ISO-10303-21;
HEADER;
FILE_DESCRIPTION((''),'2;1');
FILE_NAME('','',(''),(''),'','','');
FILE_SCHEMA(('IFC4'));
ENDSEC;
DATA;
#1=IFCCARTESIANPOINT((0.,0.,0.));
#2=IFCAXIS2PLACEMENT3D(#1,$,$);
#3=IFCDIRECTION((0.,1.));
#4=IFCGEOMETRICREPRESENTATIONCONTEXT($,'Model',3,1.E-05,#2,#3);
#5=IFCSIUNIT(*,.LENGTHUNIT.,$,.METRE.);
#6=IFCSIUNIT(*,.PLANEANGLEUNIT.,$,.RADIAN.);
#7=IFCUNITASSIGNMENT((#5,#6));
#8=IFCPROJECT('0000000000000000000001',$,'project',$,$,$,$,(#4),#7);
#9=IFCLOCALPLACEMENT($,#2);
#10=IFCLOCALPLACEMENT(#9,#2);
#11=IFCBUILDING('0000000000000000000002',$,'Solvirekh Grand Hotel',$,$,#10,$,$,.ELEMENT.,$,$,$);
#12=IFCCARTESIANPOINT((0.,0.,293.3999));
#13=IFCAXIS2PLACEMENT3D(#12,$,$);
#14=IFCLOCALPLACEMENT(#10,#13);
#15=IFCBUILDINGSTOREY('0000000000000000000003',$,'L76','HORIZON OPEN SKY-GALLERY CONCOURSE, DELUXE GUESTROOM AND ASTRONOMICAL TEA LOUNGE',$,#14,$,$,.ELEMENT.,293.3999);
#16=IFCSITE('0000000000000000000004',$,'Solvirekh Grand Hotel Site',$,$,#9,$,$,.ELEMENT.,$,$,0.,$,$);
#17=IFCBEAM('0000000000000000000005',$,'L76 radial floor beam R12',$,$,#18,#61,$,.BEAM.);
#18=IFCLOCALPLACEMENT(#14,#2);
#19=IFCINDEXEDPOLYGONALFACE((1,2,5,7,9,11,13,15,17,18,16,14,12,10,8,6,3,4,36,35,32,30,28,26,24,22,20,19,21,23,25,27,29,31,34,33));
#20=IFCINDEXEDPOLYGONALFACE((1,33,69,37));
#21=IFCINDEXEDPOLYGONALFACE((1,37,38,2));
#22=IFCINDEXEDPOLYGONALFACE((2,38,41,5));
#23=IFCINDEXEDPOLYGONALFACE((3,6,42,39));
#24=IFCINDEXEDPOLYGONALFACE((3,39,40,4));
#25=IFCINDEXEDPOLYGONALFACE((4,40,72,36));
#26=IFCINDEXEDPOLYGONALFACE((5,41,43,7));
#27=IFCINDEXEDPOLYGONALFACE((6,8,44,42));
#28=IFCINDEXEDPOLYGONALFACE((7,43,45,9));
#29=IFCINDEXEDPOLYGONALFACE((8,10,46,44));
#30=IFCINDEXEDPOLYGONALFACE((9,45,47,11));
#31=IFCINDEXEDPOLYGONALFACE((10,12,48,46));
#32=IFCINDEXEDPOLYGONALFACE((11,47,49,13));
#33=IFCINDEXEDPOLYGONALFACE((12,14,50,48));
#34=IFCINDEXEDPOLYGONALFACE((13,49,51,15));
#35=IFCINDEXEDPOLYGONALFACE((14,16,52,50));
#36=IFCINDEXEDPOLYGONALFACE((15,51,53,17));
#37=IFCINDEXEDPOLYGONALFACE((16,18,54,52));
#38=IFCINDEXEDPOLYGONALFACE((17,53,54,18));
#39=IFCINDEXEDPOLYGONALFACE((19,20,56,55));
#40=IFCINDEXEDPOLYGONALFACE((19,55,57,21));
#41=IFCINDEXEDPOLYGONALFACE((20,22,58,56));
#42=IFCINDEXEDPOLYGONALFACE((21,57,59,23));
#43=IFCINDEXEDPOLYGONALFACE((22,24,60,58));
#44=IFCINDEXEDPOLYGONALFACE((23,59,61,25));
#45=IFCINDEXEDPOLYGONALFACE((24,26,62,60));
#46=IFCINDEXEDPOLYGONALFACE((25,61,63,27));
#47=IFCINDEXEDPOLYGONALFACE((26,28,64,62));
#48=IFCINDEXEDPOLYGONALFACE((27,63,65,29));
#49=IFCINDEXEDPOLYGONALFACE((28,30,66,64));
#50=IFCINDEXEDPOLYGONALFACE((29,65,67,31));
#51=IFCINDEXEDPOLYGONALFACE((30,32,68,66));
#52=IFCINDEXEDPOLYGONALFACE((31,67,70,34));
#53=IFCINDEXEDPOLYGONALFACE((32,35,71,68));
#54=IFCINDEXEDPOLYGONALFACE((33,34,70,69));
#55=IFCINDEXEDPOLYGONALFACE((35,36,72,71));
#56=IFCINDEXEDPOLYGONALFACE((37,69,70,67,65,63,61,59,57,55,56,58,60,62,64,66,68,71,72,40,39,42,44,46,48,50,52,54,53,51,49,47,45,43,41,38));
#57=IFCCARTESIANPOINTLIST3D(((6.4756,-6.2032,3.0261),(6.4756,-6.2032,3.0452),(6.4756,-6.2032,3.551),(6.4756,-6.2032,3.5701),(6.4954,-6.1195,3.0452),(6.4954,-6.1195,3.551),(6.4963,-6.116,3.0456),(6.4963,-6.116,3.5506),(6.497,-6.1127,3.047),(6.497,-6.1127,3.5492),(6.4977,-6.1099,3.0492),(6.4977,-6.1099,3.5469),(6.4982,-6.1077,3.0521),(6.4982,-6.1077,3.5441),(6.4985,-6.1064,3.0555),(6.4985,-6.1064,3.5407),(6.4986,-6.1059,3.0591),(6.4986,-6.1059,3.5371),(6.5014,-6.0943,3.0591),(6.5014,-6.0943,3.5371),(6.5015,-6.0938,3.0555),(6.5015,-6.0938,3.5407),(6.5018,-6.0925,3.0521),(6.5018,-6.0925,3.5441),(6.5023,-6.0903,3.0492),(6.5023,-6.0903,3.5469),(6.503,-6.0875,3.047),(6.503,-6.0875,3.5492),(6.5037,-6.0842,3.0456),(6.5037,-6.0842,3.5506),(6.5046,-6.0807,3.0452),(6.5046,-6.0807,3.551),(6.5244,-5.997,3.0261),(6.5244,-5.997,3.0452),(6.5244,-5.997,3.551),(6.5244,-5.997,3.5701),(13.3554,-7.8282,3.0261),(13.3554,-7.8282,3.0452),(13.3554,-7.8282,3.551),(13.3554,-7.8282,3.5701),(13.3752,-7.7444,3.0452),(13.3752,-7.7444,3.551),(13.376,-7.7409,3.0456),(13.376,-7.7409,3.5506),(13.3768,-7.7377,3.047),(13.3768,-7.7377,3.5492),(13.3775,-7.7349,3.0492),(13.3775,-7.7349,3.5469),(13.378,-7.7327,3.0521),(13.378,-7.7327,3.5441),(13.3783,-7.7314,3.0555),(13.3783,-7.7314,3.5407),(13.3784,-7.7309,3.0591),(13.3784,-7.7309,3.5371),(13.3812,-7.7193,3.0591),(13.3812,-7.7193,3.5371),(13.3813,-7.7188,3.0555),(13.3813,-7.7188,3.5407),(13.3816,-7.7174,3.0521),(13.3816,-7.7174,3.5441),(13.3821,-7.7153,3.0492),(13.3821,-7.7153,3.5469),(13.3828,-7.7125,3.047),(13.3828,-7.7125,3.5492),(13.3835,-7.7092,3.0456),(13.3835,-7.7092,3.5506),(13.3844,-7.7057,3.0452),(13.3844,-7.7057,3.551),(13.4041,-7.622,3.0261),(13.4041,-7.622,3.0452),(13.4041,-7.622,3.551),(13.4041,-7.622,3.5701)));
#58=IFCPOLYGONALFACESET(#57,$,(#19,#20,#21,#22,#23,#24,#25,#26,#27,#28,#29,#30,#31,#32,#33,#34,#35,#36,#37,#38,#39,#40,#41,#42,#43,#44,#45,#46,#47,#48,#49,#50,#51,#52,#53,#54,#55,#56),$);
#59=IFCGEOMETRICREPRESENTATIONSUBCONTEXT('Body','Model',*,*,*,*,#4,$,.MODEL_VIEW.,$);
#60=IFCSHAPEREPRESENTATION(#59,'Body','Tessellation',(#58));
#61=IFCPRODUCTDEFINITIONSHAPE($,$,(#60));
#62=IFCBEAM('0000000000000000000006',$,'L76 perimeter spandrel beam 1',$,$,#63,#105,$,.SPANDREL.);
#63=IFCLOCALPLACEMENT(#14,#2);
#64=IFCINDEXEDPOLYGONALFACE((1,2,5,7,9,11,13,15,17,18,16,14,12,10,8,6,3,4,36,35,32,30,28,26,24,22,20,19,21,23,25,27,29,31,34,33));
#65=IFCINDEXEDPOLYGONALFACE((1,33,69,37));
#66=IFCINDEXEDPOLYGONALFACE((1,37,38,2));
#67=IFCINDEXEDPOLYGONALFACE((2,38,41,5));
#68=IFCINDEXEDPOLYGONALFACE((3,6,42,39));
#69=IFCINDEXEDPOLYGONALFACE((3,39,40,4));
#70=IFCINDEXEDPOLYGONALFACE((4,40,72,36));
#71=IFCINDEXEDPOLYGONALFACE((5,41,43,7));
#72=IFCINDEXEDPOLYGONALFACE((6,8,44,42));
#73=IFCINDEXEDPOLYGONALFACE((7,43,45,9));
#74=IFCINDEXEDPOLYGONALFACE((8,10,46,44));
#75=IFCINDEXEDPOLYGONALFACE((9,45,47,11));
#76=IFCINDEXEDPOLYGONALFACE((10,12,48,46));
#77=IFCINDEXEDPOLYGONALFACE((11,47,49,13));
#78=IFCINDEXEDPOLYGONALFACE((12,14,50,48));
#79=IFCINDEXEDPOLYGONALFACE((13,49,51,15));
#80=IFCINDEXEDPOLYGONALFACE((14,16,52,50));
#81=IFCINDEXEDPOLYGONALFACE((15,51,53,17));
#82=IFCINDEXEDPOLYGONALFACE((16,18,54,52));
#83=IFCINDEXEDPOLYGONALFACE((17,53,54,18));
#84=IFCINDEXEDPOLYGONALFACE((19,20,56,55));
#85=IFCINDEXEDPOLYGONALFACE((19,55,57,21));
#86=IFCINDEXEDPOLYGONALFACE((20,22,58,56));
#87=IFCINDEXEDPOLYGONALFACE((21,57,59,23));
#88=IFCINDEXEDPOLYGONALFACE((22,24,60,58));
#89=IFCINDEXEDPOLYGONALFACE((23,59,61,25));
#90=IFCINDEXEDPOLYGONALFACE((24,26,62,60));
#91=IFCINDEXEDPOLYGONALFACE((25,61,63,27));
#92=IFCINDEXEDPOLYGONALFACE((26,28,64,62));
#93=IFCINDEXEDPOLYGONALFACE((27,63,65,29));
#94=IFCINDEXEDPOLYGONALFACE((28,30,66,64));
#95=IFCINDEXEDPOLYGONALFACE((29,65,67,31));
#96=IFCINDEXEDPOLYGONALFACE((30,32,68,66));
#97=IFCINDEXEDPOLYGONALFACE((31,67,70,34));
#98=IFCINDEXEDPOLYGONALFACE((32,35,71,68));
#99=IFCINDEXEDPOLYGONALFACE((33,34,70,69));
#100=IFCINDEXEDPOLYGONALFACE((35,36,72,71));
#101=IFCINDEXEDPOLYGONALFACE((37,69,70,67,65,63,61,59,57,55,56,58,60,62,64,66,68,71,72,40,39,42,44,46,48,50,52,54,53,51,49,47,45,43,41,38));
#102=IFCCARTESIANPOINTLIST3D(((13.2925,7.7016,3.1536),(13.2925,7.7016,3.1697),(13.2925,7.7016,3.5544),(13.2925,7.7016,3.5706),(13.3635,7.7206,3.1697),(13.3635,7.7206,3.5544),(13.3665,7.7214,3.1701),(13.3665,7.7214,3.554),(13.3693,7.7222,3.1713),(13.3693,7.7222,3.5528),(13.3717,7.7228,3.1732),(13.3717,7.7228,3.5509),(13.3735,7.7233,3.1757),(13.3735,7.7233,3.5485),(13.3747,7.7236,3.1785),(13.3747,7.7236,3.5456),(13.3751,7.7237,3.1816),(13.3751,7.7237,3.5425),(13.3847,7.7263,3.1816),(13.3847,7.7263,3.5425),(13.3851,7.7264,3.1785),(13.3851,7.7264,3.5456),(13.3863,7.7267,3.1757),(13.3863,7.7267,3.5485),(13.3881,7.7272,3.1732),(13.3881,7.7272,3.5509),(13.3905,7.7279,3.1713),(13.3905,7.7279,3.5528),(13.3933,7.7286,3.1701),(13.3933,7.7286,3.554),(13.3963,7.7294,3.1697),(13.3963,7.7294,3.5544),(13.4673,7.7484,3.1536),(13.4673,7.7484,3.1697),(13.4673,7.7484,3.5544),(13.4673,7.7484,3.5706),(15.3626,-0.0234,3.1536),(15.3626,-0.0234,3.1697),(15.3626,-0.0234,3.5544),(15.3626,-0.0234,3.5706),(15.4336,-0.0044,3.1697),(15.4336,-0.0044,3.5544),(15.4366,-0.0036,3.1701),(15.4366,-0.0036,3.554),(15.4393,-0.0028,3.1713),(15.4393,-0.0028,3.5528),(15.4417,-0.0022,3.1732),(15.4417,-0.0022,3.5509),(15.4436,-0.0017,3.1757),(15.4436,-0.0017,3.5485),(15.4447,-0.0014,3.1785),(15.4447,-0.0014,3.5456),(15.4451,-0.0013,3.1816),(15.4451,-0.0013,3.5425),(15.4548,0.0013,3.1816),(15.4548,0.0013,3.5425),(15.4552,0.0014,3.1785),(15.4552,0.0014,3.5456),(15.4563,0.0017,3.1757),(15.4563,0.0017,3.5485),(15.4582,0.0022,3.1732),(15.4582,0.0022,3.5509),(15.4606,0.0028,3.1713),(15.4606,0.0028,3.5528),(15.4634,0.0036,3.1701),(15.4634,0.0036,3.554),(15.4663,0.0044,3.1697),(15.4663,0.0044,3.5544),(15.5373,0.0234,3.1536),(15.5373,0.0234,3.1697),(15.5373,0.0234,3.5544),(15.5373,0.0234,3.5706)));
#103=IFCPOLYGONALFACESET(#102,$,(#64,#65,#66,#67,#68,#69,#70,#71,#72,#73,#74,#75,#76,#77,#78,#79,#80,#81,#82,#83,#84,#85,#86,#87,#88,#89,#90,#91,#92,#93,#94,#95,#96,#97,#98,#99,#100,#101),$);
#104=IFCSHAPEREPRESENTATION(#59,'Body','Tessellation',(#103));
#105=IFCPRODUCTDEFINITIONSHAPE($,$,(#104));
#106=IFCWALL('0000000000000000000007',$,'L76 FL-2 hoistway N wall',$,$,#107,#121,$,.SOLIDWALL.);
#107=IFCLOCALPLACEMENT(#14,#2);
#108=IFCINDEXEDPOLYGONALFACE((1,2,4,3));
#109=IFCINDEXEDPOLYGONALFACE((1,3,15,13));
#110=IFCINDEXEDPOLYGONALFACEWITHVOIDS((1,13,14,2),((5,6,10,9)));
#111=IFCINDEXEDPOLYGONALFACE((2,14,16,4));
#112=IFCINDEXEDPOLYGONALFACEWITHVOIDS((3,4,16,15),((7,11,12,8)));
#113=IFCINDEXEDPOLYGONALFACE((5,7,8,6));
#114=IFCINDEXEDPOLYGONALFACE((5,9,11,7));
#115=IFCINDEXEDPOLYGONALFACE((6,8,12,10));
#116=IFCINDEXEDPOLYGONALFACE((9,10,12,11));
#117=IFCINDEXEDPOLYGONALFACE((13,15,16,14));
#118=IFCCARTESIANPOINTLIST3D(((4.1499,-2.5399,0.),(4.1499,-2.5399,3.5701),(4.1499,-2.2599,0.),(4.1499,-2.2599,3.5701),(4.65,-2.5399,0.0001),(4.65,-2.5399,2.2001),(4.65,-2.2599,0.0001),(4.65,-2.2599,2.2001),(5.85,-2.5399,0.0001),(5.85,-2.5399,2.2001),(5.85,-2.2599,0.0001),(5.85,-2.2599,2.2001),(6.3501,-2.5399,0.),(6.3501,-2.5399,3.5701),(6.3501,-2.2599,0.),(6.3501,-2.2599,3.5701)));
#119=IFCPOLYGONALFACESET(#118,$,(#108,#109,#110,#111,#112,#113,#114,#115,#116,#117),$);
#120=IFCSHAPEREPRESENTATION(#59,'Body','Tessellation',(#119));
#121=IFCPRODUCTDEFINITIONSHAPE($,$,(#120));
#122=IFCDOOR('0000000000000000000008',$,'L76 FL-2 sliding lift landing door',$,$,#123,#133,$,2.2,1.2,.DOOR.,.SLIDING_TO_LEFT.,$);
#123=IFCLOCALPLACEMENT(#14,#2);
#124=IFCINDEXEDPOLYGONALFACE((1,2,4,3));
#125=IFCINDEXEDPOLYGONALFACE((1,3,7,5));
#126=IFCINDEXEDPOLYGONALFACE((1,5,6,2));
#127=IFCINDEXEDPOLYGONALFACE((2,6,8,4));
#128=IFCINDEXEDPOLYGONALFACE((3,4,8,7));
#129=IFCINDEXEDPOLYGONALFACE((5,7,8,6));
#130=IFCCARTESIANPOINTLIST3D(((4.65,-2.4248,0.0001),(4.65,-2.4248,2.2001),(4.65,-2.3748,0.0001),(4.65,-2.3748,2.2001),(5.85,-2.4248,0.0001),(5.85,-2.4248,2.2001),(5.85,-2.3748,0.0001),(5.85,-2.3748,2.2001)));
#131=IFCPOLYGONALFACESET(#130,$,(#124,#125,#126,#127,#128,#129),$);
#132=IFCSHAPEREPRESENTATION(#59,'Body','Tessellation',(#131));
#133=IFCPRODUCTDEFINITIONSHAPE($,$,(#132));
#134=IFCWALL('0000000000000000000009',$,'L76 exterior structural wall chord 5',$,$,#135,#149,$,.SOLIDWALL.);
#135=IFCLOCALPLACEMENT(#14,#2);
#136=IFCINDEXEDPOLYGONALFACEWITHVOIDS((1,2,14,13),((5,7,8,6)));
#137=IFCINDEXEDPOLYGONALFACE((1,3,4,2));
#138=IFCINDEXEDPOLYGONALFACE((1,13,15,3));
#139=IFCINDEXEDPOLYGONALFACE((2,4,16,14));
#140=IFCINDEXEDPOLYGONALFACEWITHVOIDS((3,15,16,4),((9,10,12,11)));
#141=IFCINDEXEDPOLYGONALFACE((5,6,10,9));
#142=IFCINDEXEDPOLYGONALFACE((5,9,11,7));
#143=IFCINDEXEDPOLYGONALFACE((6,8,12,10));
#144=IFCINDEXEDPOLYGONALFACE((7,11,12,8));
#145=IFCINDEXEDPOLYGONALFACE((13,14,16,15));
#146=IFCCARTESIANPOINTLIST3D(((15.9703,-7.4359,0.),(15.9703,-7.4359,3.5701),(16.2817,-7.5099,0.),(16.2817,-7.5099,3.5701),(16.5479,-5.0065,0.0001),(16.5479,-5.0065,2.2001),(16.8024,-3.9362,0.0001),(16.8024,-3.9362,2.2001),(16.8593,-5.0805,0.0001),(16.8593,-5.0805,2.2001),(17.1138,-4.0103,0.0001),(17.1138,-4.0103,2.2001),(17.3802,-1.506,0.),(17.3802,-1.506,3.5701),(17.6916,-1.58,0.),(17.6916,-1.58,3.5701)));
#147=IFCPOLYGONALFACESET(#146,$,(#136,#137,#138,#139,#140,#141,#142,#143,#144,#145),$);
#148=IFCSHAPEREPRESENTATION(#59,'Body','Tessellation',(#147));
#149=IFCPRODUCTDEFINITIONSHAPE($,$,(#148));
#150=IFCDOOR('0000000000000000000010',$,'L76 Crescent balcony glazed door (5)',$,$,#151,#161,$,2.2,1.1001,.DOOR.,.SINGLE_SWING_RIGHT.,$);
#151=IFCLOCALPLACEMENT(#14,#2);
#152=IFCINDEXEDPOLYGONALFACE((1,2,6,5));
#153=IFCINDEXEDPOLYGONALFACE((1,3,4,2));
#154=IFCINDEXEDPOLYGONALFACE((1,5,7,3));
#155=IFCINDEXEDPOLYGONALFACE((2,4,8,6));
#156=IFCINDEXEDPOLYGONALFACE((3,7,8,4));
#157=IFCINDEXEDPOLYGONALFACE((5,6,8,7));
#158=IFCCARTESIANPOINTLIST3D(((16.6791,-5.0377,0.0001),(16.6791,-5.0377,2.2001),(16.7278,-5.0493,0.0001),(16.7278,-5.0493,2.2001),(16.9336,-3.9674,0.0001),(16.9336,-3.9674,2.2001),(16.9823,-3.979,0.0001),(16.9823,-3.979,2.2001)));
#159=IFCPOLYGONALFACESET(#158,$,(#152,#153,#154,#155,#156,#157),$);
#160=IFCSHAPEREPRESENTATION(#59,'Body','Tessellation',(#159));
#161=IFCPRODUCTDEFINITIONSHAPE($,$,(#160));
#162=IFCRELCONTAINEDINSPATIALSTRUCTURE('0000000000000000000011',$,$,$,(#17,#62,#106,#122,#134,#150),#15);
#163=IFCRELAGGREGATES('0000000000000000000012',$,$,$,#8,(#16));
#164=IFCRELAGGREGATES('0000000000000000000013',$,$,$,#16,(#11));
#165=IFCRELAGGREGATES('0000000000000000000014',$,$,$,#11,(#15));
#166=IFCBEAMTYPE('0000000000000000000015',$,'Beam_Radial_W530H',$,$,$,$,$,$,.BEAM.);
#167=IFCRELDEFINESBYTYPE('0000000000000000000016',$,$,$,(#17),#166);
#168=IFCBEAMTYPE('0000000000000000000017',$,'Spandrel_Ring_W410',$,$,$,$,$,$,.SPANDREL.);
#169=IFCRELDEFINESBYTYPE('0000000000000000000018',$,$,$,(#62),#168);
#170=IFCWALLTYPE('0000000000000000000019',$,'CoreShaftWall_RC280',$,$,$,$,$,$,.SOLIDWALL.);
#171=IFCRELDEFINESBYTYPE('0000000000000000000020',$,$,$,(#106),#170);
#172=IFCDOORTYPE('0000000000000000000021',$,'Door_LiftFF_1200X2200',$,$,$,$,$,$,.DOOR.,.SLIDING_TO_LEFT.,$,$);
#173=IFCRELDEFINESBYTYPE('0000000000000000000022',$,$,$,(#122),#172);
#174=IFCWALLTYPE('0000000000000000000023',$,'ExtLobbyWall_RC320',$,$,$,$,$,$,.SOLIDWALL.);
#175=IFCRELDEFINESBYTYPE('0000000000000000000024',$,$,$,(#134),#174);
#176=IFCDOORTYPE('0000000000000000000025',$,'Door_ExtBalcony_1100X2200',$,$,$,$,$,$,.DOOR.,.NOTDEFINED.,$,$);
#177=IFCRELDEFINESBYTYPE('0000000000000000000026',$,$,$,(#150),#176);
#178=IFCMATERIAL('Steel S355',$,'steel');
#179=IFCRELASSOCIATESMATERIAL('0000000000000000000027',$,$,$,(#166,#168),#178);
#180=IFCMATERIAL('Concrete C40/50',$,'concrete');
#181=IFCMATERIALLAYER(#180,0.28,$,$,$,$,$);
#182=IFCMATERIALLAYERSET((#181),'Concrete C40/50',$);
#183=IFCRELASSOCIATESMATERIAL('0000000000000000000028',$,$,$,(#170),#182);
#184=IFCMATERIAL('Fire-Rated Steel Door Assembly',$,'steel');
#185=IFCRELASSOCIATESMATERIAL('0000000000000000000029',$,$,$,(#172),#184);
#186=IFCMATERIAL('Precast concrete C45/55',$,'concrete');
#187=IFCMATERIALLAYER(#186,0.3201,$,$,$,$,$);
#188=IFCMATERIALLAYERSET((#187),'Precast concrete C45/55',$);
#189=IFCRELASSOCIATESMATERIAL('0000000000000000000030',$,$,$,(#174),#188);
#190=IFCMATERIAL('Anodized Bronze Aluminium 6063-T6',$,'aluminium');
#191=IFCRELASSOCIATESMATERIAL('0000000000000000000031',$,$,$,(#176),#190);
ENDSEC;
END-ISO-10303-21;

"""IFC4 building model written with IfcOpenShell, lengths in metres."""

from ifc_helpers import new_model, si_unit, direction, frame, frame_2d, origin, origin_2d, place, context, subcontext, project, spatial, rectangle, i_section, extrude, material, layer, layer_set, material_profile, profile_set, type_object, element, fill, save


model = new_model("IFC4")

# Units and contexts
model_context = context("Model", 3, precision=1e-05, world=origin(), true_north=direction((0.0, 1.0)))
body_context = subcontext(model_context, "Body", "Model", "MODEL_VIEW")
ifc_project = project(units=[si_unit("LENGTHUNIT", "METRE"), si_unit("PLANEANGLEUNIT", "RADIAN")], contexts=[model_context])

# Site, building, storey
site_placement = place(None, origin())
site = spatial("IfcSite", under=ifc_project, at=site_placement, Name="Solvirekh Grand Hotel Site", CompositionType="ELEMENT", RefElevation=0.0)
building_placement = place(site_placement, origin())
building = spatial("IfcBuilding", under=site, at=building_placement, Name="Solvirekh Grand Hotel", CompositionType="ELEMENT")
storey_placement = place(building_placement, frame((0.0, 0.0, 293.3999)))
storey = spatial("IfcBuildingStorey", under=building, at=storey_placement, Name="L76", Description="HORIZON OPEN SKY-GALLERY CONCOURSE, DELUXE GUESTROOM AND ASTRONOMICAL TEA LOUNGE", CompositionType="ELEMENT", Elevation=293.3999)

# Beams
ifc_material_1 = material(Name="Steel S355", Category="steel")
ifc_material_profile_1 = material_profile(ifc_material_1, i_section(OverallWidth=0.2119, OverallDepth=0.5439, WebThickness=0.012, FlangeThickness=0.019, FilletRadius=0.0139, at=origin_2d()), Name="W530X123")
ifc_profile_set_1 = profile_set([ifc_material_profile_1], Name="Steel S355")
beam_type_1 = type_object("IfcBeamType", Name="Beam_Radial_W530H", PredefinedType="BEAM", material=ifc_profile_set_1)
beam_1_placement = place(storey_placement, frame((6.5, -6.1001, 3.2981), z_axis=(0.973221, -0.229871, 0.0), x_axis=(0.229871, 0.973221, 0.0)))
element("IfcBeam", 1, at=beam_1_placement, inside=storey, type_object=beam_type_1, Name="L76 radial floor beam R12", PredefinedType="BEAM", context=body_context, shape_type="SweptSolid", body=[
    extrude(i_section(OverallWidth=0.2119, OverallDepth=0.5439, WebThickness=0.012, FlangeThickness=0.019, FilletRadius=0.0139, at=origin_2d()), origin(), (0.0, 0.0, 1.0), 7.0691),
])
ifc_material_profile_2 = material_profile(ifc_material_1, i_section(OverallWidth=0.1809, OverallDepth=0.417, WebThickness=0.01, FlangeThickness=0.0161, FilletRadius=0.012, at=origin_2d()), Name="W410X85")
ifc_profile_set_2 = profile_set([ifc_material_profile_2], Name="Steel S355")
beam_type_2 = type_object("IfcBeamType", Name="Spandrel_Ring_W410", PredefinedType="SPANDREL", material=ifc_profile_set_2)
beam_2_placement = place(storey_placement, frame((15.45, 0.0, 3.3621), z_axis=(-0.258835, 0.965922, 0.0), x_axis=(-0.965922, -0.258835, 0.0)))
element("IfcBeam", 2, at=beam_2_placement, inside=storey, type_object=beam_type_2, Name="L76 perimeter spandrel beam 1", PredefinedType="SPANDREL", context=body_context, shape_type="SweptSolid", body=[
    extrude(i_section(OverallWidth=0.1809, OverallDepth=0.417, WebThickness=0.01, FlangeThickness=0.0161, FilletRadius=0.012, at=origin_2d()), origin(), (0.0, 0.0, 1.0), 7.9976),
])

# Walls, openings, doors
ifc_material_2 = material(Name="Concrete C40/50", Category="concrete")
ifc_layer_1 = layer(ifc_material_2, 0.28)
ifc_layer_set_1 = layer_set([ifc_layer_1], Name="Concrete C40/50")
wall_type_1 = type_object("IfcWallType", Name="CoreShaftWall_RC280", PredefinedType="SOLIDWALL", material=ifc_layer_set_1)
wall_1_placement = place(storey_placement, frame((6.3501, -2.3999, 0.0), z_axis=(0.0, 0.0, 1.0), x_axis=(-1.0, 0.0, 0.0)))
wall_1 = element("IfcWall", 3, at=wall_1_placement, inside=storey, type_object=wall_type_1, Name="L76 FL-2 hoistway N wall", PredefinedType="SOLIDWALL", context=body_context, shape_type="SweptSolid", body=[
    extrude(rectangle(XDim=2.2002, YDim=0.28, at=frame_2d((1.1001, 0.0))), origin(), (0.0, 0.0, 1.0), 3.5701),
])
opening_1_placement = place(wall_1_placement, frame((0.5, 0.0, 0.0)))
opening_1 = element("IfcOpeningElement", 4, at=opening_1_placement, cuts=wall_1, PredefinedType="OPENING", context=body_context, shape_type="SweptSolid", body=[
    extrude(rectangle(XDim=1.2, YDim=2.2, at=frame_2d((0.6001, 1.1001))), frame((0.0, 0.1499, 0.0), z_axis=(0.0, -1.0, 0.0), x_axis=(1.0, 0.0, 0.0)), (0.0, 0.0, 1.0), 0.3),
])
ifc_material_3 = material(Name="Fire-Rated Steel Door Assembly", Category="steel")
door_type_1 = type_object("IfcDoorType", Name="Door_LiftFF_1200X2200", OperationType="SLIDING_TO_LEFT", PredefinedType="DOOR", material=ifc_material_3)
door_1_placement = place(opening_1_placement, origin())
door_1 = element("IfcDoor", 5, at=door_1_placement, inside=storey, type_object=door_type_1, Name="L76 FL-2 sliding lift landing door", OperationType="SLIDING_TO_LEFT", OverallHeight=2.2, OverallWidth=1.2, PredefinedType="DOOR", context=body_context, shape_type="SweptSolid", body=[
    extrude(rectangle(XDim=1.2, YDim=2.2, at=frame_2d((0.6001, 1.1001))), frame((0.0, 0.0249, 0.0), z_axis=(0.0, -1.0, 0.0), x_axis=(1.0, 0.0, 0.0)), (0.0, 0.0, 1.0), 0.05),
])
fill(opening_1, door_1)
ifc_material_4 = material(Name="Precast concrete C45/55", Category="concrete")
ifc_layer_2 = layer(ifc_material_4, 0.3201)
ifc_layer_set_2 = layer_set([ifc_layer_2], Name="Precast concrete C45/55")
wall_type_2 = type_object("IfcWallType", Name="ExtLobbyWall_RC320", PredefinedType="SOLIDWALL", material=ifc_layer_set_2)
wall_2_placement = place(storey_placement, frame((17.5359, -1.543, 0.0), z_axis=(0.0, 0.0, 1.0), x_axis=(-0.231314, -0.972879, 0.0)))
wall_2 = element("IfcWall", 6, at=wall_2_placement, inside=storey, type_object=wall_type_2, Name="L76 exterior structural wall chord 5", PredefinedType="SOLIDWALL", context=body_context, shape_type="SweptSolid", body=[
    extrude(rectangle(XDim=6.0952, YDim=0.3201, at=frame_2d((3.0476, 0.0))), origin(), (0.0, 0.0, 1.0), 3.5701),
])
opening_2_placement = place(wall_2_placement, frame((2.498, 0.0, 0.0)))
opening_2 = element("IfcOpeningElement", 7, at=opening_2_placement, cuts=wall_2, PredefinedType="OPENING", context=body_context, shape_type="SweptSolid", body=[
    extrude(rectangle(XDim=1.1001, YDim=2.2, at=frame_2d((0.55, 1.1001))), frame((0.0, 0.1699, 0.0), z_axis=(0.0, -1.0, 0.0), x_axis=(1.0, 0.0, 0.0)), (0.0, 0.0, 1.0), 0.3401),
])
ifc_material_5 = material(Name="Anodized Bronze Aluminium 6063-T6", Category="aluminium")
door_type_2 = type_object("IfcDoorType", Name="Door_ExtBalcony_1100X2200", OperationType="NOTDEFINED", PredefinedType="DOOR", material=ifc_material_5)
door_2_placement = place(opening_2_placement, origin())
door_2 = element("IfcDoor", 8, at=door_2_placement, inside=storey, type_object=door_type_2, Name="L76 Crescent balcony glazed door (5)", OperationType="SINGLE_SWING_RIGHT", OverallHeight=2.2, OverallWidth=1.1001, PredefinedType="DOOR", context=body_context, shape_type="SweptSolid", body=[
    extrude(rectangle(XDim=1.1001, YDim=2.2, at=frame_2d((0.55, 1.1001))), frame((0.0, 0.0249, 0.0), z_axis=(0.0, -1.0, 0.0), x_axis=(1.0, 0.0, 0.0)), (0.0, 0.0, 1.0), 0.05),
])
fill(opening_2, door_2)

save(model, "model.ifc")
